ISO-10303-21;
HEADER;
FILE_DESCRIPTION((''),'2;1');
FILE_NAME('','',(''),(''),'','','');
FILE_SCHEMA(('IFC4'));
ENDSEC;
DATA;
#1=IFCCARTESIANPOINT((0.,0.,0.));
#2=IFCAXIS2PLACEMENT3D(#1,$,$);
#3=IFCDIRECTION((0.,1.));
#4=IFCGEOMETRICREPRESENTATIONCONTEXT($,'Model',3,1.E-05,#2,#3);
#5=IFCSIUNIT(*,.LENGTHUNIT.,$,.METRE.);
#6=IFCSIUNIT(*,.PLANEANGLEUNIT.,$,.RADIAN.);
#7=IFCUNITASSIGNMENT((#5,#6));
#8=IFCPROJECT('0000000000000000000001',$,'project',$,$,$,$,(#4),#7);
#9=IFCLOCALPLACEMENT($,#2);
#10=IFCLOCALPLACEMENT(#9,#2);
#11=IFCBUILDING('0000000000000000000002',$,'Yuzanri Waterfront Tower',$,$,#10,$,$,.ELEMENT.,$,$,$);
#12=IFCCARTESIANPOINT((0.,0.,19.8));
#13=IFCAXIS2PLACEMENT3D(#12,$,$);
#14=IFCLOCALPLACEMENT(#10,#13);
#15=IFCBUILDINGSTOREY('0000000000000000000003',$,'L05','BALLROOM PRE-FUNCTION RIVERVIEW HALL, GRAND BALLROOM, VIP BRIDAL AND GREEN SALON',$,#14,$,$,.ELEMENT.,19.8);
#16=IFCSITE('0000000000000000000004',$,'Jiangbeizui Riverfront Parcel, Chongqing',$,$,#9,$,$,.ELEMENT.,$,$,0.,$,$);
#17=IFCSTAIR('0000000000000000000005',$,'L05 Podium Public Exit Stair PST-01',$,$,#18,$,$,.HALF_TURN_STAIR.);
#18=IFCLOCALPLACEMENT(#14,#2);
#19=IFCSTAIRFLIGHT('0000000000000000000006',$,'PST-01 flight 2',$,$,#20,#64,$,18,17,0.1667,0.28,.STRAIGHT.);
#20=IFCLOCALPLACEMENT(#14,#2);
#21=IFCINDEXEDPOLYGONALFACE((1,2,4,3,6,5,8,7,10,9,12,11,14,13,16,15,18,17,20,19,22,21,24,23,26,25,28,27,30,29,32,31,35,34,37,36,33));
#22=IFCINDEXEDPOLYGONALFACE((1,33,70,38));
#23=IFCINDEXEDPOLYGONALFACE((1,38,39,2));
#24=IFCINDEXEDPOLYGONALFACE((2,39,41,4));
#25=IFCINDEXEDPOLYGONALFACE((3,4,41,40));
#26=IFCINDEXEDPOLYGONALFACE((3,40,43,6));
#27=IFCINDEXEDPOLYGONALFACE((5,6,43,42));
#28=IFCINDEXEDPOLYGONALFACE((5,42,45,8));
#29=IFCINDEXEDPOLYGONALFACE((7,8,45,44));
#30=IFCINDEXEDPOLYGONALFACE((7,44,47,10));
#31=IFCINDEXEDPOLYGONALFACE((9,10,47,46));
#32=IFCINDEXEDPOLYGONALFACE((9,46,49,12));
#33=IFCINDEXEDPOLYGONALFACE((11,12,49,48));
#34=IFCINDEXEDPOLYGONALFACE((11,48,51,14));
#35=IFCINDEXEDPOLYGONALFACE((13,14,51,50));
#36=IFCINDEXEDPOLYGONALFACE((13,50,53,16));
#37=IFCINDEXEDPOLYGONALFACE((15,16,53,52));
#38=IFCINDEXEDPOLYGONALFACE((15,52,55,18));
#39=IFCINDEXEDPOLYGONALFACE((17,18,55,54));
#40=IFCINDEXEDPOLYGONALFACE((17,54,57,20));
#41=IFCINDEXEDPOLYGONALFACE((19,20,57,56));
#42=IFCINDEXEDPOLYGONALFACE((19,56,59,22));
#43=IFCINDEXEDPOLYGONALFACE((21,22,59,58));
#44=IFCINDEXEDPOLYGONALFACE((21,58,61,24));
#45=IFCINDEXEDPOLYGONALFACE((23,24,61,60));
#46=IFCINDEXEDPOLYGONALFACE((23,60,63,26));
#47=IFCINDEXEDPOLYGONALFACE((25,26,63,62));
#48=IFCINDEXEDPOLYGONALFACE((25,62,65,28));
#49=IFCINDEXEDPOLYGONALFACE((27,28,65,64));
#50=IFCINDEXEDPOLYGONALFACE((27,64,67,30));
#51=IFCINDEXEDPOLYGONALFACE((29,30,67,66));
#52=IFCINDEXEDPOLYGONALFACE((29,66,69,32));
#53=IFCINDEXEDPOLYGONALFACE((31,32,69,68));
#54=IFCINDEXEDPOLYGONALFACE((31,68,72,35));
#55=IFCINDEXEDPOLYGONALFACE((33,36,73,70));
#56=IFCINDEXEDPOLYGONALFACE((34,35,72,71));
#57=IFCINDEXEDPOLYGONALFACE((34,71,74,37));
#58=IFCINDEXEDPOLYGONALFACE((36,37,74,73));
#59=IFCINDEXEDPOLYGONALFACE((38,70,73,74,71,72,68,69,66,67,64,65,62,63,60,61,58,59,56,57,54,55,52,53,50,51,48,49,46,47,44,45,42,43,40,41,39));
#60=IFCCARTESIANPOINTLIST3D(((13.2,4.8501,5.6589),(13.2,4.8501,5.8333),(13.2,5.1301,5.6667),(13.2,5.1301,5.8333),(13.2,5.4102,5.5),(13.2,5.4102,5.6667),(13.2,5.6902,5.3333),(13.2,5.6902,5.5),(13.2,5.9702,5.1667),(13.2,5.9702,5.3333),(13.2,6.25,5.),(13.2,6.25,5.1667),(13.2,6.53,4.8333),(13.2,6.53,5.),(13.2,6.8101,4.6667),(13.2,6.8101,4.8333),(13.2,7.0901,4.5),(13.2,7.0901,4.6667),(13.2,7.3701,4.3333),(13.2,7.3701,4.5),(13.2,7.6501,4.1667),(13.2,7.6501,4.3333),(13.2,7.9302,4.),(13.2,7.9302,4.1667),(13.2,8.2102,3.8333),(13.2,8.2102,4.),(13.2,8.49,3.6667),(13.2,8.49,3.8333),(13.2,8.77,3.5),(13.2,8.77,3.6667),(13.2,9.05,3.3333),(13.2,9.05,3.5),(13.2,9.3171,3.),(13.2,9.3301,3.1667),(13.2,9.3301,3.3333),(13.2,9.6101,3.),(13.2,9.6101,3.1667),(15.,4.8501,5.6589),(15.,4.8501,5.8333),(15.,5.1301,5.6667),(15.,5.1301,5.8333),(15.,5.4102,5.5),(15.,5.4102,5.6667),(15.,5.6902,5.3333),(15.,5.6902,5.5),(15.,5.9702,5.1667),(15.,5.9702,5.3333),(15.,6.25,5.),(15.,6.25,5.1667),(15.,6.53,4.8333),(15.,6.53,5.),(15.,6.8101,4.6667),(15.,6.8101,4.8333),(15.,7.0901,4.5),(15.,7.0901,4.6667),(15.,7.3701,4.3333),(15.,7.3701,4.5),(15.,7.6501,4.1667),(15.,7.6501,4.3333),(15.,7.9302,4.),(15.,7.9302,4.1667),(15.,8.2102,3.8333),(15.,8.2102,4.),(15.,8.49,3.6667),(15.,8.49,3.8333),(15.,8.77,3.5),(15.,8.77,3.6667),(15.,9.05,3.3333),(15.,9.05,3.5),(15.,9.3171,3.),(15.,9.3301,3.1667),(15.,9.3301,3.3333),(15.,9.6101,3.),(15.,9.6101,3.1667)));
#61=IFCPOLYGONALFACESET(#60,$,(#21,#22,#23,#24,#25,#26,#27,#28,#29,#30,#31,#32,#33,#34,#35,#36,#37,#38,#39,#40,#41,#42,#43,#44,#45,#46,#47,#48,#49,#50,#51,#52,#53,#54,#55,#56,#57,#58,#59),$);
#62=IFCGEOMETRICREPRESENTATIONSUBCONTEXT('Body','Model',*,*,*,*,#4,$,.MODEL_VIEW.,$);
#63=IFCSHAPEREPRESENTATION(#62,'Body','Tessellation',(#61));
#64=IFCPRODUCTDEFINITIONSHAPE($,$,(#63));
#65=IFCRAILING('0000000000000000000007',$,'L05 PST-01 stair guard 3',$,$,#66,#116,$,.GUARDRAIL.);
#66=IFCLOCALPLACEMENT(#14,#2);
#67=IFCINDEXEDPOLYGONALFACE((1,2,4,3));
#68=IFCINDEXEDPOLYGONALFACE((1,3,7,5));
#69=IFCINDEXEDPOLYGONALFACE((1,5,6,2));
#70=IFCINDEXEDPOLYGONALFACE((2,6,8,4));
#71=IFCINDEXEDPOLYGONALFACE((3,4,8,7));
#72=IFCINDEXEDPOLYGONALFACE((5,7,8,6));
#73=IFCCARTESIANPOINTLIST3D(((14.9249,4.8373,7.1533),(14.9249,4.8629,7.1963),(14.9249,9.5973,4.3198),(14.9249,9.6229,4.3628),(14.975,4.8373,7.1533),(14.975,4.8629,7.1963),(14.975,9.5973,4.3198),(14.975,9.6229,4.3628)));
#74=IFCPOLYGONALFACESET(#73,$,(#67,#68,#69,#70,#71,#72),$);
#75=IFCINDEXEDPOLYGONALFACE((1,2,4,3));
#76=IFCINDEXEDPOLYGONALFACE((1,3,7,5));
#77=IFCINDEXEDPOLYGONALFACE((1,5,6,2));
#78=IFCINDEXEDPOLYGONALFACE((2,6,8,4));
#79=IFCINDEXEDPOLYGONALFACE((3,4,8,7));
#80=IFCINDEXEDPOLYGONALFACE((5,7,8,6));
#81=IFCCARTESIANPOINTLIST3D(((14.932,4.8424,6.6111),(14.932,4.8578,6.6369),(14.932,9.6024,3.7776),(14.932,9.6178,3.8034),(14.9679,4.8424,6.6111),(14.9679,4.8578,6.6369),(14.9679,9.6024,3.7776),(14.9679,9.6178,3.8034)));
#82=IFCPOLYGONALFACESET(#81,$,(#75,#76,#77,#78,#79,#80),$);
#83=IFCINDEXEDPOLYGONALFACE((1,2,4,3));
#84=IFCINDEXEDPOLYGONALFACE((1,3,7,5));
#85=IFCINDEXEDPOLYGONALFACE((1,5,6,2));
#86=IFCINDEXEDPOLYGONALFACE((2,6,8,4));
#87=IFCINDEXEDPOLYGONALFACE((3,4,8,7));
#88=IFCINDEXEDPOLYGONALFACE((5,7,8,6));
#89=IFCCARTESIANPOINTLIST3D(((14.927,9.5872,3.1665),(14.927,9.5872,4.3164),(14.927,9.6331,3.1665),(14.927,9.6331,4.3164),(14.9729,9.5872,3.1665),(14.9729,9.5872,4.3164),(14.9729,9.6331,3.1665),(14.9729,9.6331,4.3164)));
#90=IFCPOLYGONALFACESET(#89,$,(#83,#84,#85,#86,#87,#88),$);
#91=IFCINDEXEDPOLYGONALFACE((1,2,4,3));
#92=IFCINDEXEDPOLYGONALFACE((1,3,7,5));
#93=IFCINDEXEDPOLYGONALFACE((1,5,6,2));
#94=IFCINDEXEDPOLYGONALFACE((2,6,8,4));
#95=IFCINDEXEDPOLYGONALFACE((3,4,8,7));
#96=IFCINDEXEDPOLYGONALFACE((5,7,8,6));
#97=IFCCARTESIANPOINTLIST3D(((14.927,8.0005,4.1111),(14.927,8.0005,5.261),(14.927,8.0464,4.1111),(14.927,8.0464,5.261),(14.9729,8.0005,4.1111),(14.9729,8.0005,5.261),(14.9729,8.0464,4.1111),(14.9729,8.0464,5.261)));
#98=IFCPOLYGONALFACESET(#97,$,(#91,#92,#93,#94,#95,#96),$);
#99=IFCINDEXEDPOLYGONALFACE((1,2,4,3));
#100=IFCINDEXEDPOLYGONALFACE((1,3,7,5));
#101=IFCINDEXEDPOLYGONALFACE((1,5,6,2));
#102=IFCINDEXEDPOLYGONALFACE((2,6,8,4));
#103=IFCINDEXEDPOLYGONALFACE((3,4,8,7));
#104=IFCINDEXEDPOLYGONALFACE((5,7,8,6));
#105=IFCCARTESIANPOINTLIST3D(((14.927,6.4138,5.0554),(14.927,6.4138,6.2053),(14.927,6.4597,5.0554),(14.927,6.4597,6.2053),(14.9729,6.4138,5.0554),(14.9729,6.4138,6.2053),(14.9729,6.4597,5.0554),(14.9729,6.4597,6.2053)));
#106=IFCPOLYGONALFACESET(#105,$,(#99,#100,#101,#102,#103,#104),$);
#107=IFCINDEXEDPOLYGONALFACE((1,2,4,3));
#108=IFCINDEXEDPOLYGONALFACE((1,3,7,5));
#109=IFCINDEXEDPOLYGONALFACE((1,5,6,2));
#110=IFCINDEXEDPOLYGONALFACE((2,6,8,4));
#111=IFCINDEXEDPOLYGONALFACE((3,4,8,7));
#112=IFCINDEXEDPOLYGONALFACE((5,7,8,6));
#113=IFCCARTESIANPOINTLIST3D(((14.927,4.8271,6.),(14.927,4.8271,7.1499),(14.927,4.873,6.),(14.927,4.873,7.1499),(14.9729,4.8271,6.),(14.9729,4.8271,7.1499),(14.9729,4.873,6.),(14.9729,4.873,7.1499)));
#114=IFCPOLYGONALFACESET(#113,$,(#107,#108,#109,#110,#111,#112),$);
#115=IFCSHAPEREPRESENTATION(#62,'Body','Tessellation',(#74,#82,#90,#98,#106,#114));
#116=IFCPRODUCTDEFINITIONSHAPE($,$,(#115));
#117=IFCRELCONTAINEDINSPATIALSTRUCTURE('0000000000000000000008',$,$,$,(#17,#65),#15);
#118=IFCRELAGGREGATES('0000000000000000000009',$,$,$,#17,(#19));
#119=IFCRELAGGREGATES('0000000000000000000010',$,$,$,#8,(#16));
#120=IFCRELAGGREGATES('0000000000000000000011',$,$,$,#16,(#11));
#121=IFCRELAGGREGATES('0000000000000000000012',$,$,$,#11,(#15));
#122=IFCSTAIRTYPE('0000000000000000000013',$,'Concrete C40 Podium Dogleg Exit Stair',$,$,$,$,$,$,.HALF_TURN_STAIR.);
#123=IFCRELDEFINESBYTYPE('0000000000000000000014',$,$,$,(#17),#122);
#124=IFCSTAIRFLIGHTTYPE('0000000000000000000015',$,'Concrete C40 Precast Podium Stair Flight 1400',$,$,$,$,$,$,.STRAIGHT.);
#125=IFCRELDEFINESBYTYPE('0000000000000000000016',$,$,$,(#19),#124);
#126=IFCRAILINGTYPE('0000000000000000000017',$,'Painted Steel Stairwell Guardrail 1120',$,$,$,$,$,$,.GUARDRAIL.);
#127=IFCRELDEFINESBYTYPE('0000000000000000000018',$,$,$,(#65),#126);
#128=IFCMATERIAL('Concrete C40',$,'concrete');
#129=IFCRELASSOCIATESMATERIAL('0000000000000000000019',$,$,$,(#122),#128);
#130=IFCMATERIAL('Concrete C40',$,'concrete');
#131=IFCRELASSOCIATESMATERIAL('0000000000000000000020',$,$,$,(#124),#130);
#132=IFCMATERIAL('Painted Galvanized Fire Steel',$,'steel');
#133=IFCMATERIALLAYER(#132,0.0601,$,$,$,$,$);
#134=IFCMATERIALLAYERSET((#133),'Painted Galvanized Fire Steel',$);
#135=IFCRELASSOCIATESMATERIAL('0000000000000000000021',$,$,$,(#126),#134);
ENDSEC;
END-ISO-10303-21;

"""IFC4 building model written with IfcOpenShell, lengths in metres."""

from ifc_helpers import new_model, si_unit, direction, frame, origin, origin_2d, place, context, subcontext, project, spatial, polyline, rectangle, outline, extrude, source, transform, mapped, material, layer, layer_set, type_object, element, aggregate, save


model = new_model("IFC4")

# Units and contexts
model_context = context("Model", 3, precision=1e-05, world=origin(), true_north=direction((0.0, 1.0)))
body_context = subcontext(model_context, "Body", "Model", "MODEL_VIEW")
ifc_project = project(units=[si_unit("LENGTHUNIT", "METRE"), si_unit("PLANEANGLEUNIT", "RADIAN")], contexts=[model_context])

# Site, building, storey
site_placement = place(None, origin())
site = spatial("IfcSite", under=ifc_project, at=site_placement, Name="Jiangbeizui Riverfront Parcel, Chongqing", CompositionType="ELEMENT", RefElevation=0.0)
building_placement = place(site_placement, origin())
building = spatial("IfcBuilding", under=site, at=building_placement, Name="Yuzanri Waterfront Tower", CompositionType="ELEMENT")
storey_placement = place(building_placement, frame((0.0, 0.0, 19.8)))
storey = spatial("IfcBuildingStorey", under=building, at=storey_placement, Name="L05", Description="BALLROOM PRE-FUNCTION RIVERVIEW HALL, GRAND BALLROOM, VIP BRIDAL AND GREEN SALON", CompositionType="ELEMENT", Elevation=19.8)

# Stair, stair flight
ifc_material_1 = material(Name="Concrete C40", Category="concrete")
stair_type = type_object("IfcStairType", Name="Concrete C40 Podium Dogleg Exit Stair", PredefinedType="HALF_TURN_STAIR", material=ifc_material_1)
stair_placement = place(storey_placement, origin())
stair = element("IfcStair", 1, at=stair_placement, inside=storey, type_object=stair_type, Name="L05 Podium Public Exit Stair PST-01", PredefinedType="HALF_TURN_STAIR")
ifc_material_2 = material(Name="Concrete C40", Category="concrete")
stair_flight_type = type_object("IfcStairFlightType", Name="Concrete C40 Precast Podium Stair Flight 1400", PredefinedType="STRAIGHT", material=ifc_material_2)
shared_shape_1 = source(origin(), body_context, "Body", "SweptSolid", [
    extrude(outline(polyline([(0.0, 0.0), (0.0, 0.1667), (0.28, 0.1667), (0.28, 0.3333), (0.5601, 0.3333), (0.5601, 0.5), (0.8401, 0.5), (0.8401, 0.6667), (1.1201, 0.6667), (1.1201, 0.8333), (1.3999, 0.8333), (1.3999, 1.0), (1.6799, 1.0), (1.6799, 1.1667), (1.96, 1.1667), (1.96, 1.3333), (2.24, 1.3333), (2.24, 1.5), (2.52, 1.5), (2.52, 1.6667), (2.8, 1.6667), (2.8, 1.8333), (3.0801, 1.8333), (3.0801, 2.0), (3.3601, 2.0), (3.3601, 2.1667), (3.6399, 2.1667), (3.6399, 2.3333), (3.9199, 2.3333), (3.9199, 2.5), (4.2, 2.5), (4.2, 2.6667), (4.48, 2.6667), (4.48, 2.8333), (4.76, 2.8333), (4.76, 3.0), (4.76, 2.6589), (0.293, 0.0), (0.0, 0.0)])), frame((0.0, 0.8999, 0.0), z_axis=(0.0, -1.0, 0.0), x_axis=(1.0, 0.0, 0.0)), (0.0, 0.0, 1.0), 1.8),
])
stair_flight_placement = place(storey_placement, frame((14.1001, 9.6101, 3.0), z_axis=(0.0, 0.0, 1.0), x_axis=(0.0, -1.0, 0.0)))
stair_flight = element("IfcStairFlight", 2, at=stair_flight_placement, type_object=stair_flight_type, Name="PST-01 flight 2", NumberOfRisers=18, NumberOfTreads=17, PredefinedType="STRAIGHT", RiserHeight=0.1667, TreadLength=0.28, context=body_context, shape_type="MappedRepresentation", body=[
    mapped(shared_shape_1, transform((0.0, 0.0, 0.0), scale=1.0)),
])
aggregate(stair, [stair_flight])

# Railing
ifc_material_3 = material(Name="Painted Galvanized Fire Steel", Category="steel")
ifc_layer_1 = layer(ifc_material_3, 0.0601)
ifc_layer_set_1 = layer_set([ifc_layer_1], Name="Painted Galvanized Fire Steel")
railing_type = type_object("IfcRailingType", Name="Painted Steel Stairwell Guardrail 1120", PredefinedType="GUARDRAIL", material=ifc_layer_set_1)
shared_shape_2 = source(origin(), body_context, "Body", "SweptSolid", [
    extrude(rectangle(XDim=0.05, YDim=0.05, at=origin_2d()), frame((0.0, 0.0, 1.1748), z_axis=(0.0, -0.85928, 0.511505), x_axis=(1.0, 0.0, 0.0)), (0.0, 0.0, 1.0), 5.5396),
    extrude(rectangle(XDim=0.0359, YDim=0.03, at=origin_2d()), frame((0.0, 0.0, 0.624), z_axis=(0.0, -0.85928, 0.511505), x_axis=(1.0, 0.0, 0.0)), (0.0, 0.0, 1.0), 5.5396),
    extrude(rectangle(XDim=0.0459, YDim=0.0459, at=origin_2d()), origin(), (0.0, 0.0, 1.0), 1.1499),
    extrude(rectangle(XDim=0.0459, YDim=0.0459, at=origin_2d()), frame((0.0, -1.5867, 0.9446)), (0.0, 0.0, 1.0), 1.1499),
    extrude(rectangle(XDim=0.0459, YDim=0.0459, at=origin_2d()), frame((0.0, -3.1733, 1.8889)), (0.0, 0.0, 1.0), 1.1499),
    extrude(rectangle(XDim=0.0459, YDim=0.0459, at=origin_2d()), frame((0.0, -4.76, 2.8335)), (0.0, 0.0, 1.0), 1.1499),
])
railing_placement = place(storey_placement, frame((14.95, 9.6101, 3.1665)))
element("IfcRailing", 3, at=railing_placement, inside=storey, type_object=railing_type, Name="L05 PST-01 stair guard 3", PredefinedType="GUARDRAIL", context=body_context, shape_type="MappedRepresentation", body=[
    mapped(shared_shape_2, transform((0.0, 0.0, 0.0), scale=1.0)),
])

save(model, "model.ifc")
